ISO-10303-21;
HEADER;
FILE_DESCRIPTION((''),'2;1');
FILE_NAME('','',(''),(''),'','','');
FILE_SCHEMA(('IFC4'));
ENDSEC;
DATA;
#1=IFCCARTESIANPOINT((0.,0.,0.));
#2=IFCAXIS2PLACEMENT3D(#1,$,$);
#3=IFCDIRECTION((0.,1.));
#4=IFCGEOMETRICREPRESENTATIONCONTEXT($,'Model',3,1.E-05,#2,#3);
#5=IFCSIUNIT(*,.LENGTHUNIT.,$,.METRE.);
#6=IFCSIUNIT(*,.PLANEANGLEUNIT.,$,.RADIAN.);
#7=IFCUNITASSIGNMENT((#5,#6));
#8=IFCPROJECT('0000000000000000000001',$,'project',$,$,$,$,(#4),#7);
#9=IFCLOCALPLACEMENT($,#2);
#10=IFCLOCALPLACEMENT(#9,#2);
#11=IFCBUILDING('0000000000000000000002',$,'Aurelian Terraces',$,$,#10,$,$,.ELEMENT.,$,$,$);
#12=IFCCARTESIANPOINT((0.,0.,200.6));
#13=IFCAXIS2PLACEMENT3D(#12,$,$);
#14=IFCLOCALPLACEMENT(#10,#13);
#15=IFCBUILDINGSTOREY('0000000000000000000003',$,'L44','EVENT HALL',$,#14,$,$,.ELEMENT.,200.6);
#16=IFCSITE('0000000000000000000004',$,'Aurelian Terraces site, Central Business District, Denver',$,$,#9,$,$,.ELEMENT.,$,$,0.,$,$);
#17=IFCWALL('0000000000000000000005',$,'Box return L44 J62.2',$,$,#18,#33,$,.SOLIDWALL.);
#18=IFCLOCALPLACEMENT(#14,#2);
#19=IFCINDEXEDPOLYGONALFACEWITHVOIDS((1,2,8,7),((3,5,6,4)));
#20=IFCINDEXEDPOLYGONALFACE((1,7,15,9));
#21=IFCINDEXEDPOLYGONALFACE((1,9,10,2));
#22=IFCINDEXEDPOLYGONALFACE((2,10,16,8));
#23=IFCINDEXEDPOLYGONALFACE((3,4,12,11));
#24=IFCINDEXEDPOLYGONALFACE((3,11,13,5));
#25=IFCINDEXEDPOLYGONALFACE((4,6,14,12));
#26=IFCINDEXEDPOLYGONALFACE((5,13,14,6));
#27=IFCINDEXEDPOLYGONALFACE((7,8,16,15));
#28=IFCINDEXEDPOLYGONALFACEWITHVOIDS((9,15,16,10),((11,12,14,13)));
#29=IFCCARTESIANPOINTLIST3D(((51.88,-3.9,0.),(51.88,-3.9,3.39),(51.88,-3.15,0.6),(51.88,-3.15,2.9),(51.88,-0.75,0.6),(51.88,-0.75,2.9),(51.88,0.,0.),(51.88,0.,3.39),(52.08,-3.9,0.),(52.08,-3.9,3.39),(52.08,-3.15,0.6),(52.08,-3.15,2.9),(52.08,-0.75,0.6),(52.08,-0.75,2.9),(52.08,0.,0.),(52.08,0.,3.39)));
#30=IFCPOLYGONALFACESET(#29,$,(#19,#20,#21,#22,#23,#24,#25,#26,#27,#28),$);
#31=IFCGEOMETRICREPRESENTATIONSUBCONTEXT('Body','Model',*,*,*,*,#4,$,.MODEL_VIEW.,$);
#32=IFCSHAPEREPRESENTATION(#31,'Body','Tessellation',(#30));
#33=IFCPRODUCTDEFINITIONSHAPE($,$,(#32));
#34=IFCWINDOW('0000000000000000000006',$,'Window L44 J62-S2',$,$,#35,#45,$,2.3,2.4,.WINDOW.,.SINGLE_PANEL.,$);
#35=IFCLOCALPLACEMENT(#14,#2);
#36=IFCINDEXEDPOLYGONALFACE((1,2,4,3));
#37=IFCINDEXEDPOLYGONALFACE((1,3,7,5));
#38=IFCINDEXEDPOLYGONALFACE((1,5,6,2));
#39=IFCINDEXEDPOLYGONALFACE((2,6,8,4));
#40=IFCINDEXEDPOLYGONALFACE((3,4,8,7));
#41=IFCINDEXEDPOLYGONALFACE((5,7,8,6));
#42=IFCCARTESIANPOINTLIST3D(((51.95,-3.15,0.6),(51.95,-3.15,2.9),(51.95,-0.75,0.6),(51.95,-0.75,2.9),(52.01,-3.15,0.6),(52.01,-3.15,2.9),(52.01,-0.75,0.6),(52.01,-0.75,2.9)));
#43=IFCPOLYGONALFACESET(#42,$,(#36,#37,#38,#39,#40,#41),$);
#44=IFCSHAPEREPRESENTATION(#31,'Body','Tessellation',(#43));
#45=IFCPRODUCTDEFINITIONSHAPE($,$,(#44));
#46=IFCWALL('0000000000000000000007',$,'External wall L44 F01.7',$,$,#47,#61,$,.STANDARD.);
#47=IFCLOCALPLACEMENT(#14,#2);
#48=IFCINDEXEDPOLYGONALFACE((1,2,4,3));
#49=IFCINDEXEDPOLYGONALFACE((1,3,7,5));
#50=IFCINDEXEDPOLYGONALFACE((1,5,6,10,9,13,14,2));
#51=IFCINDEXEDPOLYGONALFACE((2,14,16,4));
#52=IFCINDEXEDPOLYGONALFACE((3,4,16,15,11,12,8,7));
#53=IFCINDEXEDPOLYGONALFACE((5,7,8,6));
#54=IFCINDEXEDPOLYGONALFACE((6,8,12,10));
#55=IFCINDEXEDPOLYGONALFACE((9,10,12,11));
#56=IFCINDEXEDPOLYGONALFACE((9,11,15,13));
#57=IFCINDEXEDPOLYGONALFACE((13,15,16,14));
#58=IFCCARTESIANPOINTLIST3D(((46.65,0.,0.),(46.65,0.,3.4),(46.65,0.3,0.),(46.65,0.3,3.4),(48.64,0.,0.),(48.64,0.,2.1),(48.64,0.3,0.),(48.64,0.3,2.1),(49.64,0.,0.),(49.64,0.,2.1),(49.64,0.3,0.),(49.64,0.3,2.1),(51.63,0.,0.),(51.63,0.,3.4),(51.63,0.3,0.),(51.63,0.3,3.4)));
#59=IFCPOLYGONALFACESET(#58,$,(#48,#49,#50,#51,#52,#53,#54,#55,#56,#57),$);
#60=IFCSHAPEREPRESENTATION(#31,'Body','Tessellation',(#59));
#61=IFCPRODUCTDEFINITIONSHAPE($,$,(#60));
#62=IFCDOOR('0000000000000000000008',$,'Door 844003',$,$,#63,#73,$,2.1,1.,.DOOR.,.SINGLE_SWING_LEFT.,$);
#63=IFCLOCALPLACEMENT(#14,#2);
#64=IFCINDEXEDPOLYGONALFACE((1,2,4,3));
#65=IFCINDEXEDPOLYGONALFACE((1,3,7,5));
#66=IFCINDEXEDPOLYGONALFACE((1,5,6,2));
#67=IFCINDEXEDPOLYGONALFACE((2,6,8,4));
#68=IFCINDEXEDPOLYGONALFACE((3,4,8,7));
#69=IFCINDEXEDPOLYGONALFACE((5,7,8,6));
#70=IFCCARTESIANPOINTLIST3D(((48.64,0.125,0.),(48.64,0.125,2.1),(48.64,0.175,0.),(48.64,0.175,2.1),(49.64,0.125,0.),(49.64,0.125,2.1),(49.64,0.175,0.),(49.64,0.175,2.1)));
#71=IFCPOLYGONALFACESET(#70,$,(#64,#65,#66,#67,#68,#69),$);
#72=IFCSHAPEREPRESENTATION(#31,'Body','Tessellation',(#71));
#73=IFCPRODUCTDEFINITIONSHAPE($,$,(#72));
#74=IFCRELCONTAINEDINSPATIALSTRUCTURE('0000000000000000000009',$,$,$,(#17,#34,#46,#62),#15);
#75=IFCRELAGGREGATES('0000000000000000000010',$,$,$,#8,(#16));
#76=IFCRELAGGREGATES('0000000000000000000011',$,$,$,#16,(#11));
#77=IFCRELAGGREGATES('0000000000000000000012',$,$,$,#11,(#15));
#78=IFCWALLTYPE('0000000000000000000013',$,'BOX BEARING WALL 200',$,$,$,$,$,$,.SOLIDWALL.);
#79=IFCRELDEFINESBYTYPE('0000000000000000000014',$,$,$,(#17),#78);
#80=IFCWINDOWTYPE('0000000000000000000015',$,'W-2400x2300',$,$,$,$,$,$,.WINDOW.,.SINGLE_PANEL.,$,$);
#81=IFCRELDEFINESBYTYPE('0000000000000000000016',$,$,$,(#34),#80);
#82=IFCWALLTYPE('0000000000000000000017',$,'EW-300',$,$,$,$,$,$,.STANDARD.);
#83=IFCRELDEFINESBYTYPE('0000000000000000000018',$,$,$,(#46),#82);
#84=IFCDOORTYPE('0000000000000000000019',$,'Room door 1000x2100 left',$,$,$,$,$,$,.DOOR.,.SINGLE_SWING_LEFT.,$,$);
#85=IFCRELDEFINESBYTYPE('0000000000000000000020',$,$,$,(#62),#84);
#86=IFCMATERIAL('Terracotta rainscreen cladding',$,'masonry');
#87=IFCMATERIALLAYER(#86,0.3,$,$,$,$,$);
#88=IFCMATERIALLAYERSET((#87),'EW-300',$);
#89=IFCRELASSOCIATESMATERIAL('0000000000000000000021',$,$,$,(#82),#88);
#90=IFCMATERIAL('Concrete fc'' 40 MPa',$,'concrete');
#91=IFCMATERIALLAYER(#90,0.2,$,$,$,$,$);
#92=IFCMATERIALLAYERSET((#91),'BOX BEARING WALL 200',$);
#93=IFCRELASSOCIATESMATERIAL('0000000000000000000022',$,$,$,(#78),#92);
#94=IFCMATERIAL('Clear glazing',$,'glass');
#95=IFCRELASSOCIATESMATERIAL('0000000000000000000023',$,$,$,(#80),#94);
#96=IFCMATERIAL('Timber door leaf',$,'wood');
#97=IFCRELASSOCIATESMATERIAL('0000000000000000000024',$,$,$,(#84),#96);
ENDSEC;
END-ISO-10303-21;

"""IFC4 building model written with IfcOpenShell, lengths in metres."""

from ifc_helpers import new_model, si_unit, direction, frame, frame_2d, origin, place, context, subcontext, project, spatial, rectangle, extrude, source, transform, mapped, material, layer, layer_set, type_object, element, fill, save


model = new_model("IFC4")

# Units and contexts
model_context = context("Model", 3, precision=1e-05, world=origin(), true_north=direction((0.0, 1.0)))
body_context = subcontext(model_context, "Body", "Model", "MODEL_VIEW")
ifc_project = project(units=[si_unit("LENGTHUNIT", "METRE"), si_unit("PLANEANGLEUNIT", "RADIAN")], contexts=[model_context])

# Site, building, storey
site_placement = place(None, origin())
site = spatial("IfcSite", under=ifc_project, at=site_placement, Name="Aurelian Terraces site, Central Business District, Denver", CompositionType="ELEMENT", RefElevation=0.0)
building_placement = place(site_placement, origin())
building = spatial("IfcBuilding", under=site, at=building_placement, Name="Aurelian Terraces", CompositionType="ELEMENT")
storey_placement = place(building_placement, frame((0.0, 0.0, 200.6)))
storey = spatial("IfcBuildingStorey", under=building, at=storey_placement, Name="L44", Description="EVENT HALL", CompositionType="ELEMENT", Elevation=200.6)

# Wall, opening, window
ifc_material_1 = material(Name="Concrete fc' 40 MPa", Category="concrete")
ifc_material_2 = material(Name="Clear glazing", Category="glass")
ifc_material_3 = material(Name="Terracotta rainscreen cladding", Category="masonry")
ifc_layer_1 = layer(ifc_material_3, 0.3)
ifc_layer_set_1 = layer_set([ifc_layer_1], Name="EW-300")
wall_type_1 = type_object("IfcWallType", Name="EW-300", PredefinedType="STANDARD", material=ifc_layer_set_1)
ifc_layer_2 = layer(ifc_material_1, 0.2)
ifc_layer_set_2 = layer_set([ifc_layer_2], Name="BOX BEARING WALL 200")
wall_type_2 = type_object("IfcWallType", Name="BOX BEARING WALL 200", PredefinedType="SOLIDWALL", material=ifc_layer_set_2)
shared_shape_1 = source(origin(), body_context, "Body", "SweptSolid", [
    extrude(rectangle(XDim=3.9, YDim=0.2, at=frame_2d((1.95, 0.0))), origin(), (0.0, 0.0, 1.0), 3.39),
])
shared_shape_2 = source(origin(), body_context, "Body", "SweptSolid", [
    extrude(rectangle(XDim=2.4, YDim=2.3, at=frame_2d((1.2, 1.15))), frame((0.0, 0.11, 0.0), z_axis=(0.0, -1.0, 0.0), x_axis=(1.0, 0.0, 0.0)), (0.0, 0.0, 1.0), 0.22),
])
window_type_1 = type_object("IfcWindowType", Name="W-2400x2300", PartitioningType="SINGLE_PANEL", PredefinedType="WINDOW", material=ifc_material_2)
shared_shape_3 = source(origin(), body_context, "Body", "SweptSolid", [
    extrude(rectangle(XDim=2.4, YDim=2.3, at=frame_2d((1.2, 1.15))), frame((0.0, 0.03, 0.0), z_axis=(0.0, -1.0, 0.0), x_axis=(1.0, 0.0, 0.0)), (0.0, 0.0, 1.0), 0.06),
])
wall_1_placement = place(storey_placement, frame((51.98, 0.0, 0.0), z_axis=(0.0, 0.0, 1.0), x_axis=(0.0, -1.0, 0.0)))
wall_1 = element("IfcWall", 1, at=wall_1_placement, inside=storey, type_object=wall_type_2, Name="Box return L44 J62.2", PredefinedType="SOLIDWALL", context=body_context, shape_type="MappedRepresentation", body=[
    mapped(shared_shape_1, transform((0.0, 0.0, 0.0), scale=1.0)),
])
opening_1_placement = place(wall_1_placement, frame((0.75, 0.0, 0.6)))
opening_1 = element("IfcOpeningElement", 2, at=opening_1_placement, cuts=wall_1, PredefinedType="OPENING", context=body_context, shape_type="MappedRepresentation", body=[
    mapped(shared_shape_2, transform((0.0, 0.0, 0.0), scale=1.0)),
])
window_1_placement = place(opening_1_placement, origin())
window_1 = element("IfcWindow", 3, at=window_1_placement, inside=storey, type_object=window_type_1, Name="Window L44 J62-S2", OverallHeight=2.3, OverallWidth=2.4, PartitioningType="SINGLE_PANEL", PredefinedType="WINDOW", context=body_context, shape_type="MappedRepresentation", body=[
    mapped(shared_shape_3, transform((0.0, 0.0, 0.0), scale=1.0)),
])
fill(opening_1, window_1)

# Wall, opening, door
shared_shape_4 = source(origin(), body_context, "Body", "SweptSolid", [
    extrude(rectangle(XDim=4.98, YDim=0.3, at=frame_2d((2.49, 0.0))), origin(), (0.0, 0.0, 1.0), 3.4),
])
wall_2_placement = place(storey_placement, frame((46.65, 0.15, 0.0), z_axis=(0.0, 0.0, 1.0), x_axis=(1.0, 0.0, 0.0)))
wall_2 = element("IfcWall", 4, at=wall_2_placement, inside=storey, type_object=wall_type_1, Name="External wall L44 F01.7", PredefinedType="STANDARD", context=body_context, shape_type="MappedRepresentation", body=[
    mapped(shared_shape_4, transform((0.0, 0.0, 0.0), scale=1.0)),
])
shared_shape_5 = source(origin(), body_context, "Body", "SweptSolid", [
    extrude(rectangle(XDim=1.0, YDim=2.1, at=frame_2d((0.5, 1.05))), frame((0.0, 0.16, 0.0), z_axis=(0.0, -1.0, 0.0), x_axis=(1.0, 0.0, 0.0)), (0.0, 0.0, 1.0), 0.32),
])
opening_2_placement = place(wall_2_placement, frame((1.99, 0.0, 0.0)))
opening_2 = element("IfcOpeningElement", 5, at=opening_2_placement, cuts=wall_2, PredefinedType="OPENING", context=body_context, shape_type="MappedRepresentation", body=[
    mapped(shared_shape_5, transform((0.0, 0.0, 0.0), scale=1.0)),
])
ifc_material_4 = material(Name="Timber door leaf", Category="wood")
door_type = type_object("IfcDoorType", Name="Room door 1000x2100 left", OperationType="SINGLE_SWING_LEFT", PredefinedType="DOOR", material=ifc_material_4)
shared_shape_6 = source(origin(), body_context, "Body", "SweptSolid", [
    extrude(rectangle(XDim=1.0, YDim=2.1, at=frame_2d((0.5, 1.05))), frame((0.0, 0.025, 0.0), z_axis=(0.0, -1.0, 0.0), x_axis=(1.0, 0.0, 0.0)), (0.0, 0.0, 1.0), 0.05),
])
door_placement = place(opening_2_placement, origin())
door = element("IfcDoor", 6, at=door_placement, inside=storey, type_object=door_type, Name="Door 844003", OperationType="SINGLE_SWING_LEFT", OverallHeight=2.1, OverallWidth=1.0, PredefinedType="DOOR", context=body_context, shape_type="MappedRepresentation", body=[
    mapped(shared_shape_6, transform((0.0, 0.0, 0.0), scale=1.0)),
])
fill(opening_2, door)

save(model, "model.ifc")
